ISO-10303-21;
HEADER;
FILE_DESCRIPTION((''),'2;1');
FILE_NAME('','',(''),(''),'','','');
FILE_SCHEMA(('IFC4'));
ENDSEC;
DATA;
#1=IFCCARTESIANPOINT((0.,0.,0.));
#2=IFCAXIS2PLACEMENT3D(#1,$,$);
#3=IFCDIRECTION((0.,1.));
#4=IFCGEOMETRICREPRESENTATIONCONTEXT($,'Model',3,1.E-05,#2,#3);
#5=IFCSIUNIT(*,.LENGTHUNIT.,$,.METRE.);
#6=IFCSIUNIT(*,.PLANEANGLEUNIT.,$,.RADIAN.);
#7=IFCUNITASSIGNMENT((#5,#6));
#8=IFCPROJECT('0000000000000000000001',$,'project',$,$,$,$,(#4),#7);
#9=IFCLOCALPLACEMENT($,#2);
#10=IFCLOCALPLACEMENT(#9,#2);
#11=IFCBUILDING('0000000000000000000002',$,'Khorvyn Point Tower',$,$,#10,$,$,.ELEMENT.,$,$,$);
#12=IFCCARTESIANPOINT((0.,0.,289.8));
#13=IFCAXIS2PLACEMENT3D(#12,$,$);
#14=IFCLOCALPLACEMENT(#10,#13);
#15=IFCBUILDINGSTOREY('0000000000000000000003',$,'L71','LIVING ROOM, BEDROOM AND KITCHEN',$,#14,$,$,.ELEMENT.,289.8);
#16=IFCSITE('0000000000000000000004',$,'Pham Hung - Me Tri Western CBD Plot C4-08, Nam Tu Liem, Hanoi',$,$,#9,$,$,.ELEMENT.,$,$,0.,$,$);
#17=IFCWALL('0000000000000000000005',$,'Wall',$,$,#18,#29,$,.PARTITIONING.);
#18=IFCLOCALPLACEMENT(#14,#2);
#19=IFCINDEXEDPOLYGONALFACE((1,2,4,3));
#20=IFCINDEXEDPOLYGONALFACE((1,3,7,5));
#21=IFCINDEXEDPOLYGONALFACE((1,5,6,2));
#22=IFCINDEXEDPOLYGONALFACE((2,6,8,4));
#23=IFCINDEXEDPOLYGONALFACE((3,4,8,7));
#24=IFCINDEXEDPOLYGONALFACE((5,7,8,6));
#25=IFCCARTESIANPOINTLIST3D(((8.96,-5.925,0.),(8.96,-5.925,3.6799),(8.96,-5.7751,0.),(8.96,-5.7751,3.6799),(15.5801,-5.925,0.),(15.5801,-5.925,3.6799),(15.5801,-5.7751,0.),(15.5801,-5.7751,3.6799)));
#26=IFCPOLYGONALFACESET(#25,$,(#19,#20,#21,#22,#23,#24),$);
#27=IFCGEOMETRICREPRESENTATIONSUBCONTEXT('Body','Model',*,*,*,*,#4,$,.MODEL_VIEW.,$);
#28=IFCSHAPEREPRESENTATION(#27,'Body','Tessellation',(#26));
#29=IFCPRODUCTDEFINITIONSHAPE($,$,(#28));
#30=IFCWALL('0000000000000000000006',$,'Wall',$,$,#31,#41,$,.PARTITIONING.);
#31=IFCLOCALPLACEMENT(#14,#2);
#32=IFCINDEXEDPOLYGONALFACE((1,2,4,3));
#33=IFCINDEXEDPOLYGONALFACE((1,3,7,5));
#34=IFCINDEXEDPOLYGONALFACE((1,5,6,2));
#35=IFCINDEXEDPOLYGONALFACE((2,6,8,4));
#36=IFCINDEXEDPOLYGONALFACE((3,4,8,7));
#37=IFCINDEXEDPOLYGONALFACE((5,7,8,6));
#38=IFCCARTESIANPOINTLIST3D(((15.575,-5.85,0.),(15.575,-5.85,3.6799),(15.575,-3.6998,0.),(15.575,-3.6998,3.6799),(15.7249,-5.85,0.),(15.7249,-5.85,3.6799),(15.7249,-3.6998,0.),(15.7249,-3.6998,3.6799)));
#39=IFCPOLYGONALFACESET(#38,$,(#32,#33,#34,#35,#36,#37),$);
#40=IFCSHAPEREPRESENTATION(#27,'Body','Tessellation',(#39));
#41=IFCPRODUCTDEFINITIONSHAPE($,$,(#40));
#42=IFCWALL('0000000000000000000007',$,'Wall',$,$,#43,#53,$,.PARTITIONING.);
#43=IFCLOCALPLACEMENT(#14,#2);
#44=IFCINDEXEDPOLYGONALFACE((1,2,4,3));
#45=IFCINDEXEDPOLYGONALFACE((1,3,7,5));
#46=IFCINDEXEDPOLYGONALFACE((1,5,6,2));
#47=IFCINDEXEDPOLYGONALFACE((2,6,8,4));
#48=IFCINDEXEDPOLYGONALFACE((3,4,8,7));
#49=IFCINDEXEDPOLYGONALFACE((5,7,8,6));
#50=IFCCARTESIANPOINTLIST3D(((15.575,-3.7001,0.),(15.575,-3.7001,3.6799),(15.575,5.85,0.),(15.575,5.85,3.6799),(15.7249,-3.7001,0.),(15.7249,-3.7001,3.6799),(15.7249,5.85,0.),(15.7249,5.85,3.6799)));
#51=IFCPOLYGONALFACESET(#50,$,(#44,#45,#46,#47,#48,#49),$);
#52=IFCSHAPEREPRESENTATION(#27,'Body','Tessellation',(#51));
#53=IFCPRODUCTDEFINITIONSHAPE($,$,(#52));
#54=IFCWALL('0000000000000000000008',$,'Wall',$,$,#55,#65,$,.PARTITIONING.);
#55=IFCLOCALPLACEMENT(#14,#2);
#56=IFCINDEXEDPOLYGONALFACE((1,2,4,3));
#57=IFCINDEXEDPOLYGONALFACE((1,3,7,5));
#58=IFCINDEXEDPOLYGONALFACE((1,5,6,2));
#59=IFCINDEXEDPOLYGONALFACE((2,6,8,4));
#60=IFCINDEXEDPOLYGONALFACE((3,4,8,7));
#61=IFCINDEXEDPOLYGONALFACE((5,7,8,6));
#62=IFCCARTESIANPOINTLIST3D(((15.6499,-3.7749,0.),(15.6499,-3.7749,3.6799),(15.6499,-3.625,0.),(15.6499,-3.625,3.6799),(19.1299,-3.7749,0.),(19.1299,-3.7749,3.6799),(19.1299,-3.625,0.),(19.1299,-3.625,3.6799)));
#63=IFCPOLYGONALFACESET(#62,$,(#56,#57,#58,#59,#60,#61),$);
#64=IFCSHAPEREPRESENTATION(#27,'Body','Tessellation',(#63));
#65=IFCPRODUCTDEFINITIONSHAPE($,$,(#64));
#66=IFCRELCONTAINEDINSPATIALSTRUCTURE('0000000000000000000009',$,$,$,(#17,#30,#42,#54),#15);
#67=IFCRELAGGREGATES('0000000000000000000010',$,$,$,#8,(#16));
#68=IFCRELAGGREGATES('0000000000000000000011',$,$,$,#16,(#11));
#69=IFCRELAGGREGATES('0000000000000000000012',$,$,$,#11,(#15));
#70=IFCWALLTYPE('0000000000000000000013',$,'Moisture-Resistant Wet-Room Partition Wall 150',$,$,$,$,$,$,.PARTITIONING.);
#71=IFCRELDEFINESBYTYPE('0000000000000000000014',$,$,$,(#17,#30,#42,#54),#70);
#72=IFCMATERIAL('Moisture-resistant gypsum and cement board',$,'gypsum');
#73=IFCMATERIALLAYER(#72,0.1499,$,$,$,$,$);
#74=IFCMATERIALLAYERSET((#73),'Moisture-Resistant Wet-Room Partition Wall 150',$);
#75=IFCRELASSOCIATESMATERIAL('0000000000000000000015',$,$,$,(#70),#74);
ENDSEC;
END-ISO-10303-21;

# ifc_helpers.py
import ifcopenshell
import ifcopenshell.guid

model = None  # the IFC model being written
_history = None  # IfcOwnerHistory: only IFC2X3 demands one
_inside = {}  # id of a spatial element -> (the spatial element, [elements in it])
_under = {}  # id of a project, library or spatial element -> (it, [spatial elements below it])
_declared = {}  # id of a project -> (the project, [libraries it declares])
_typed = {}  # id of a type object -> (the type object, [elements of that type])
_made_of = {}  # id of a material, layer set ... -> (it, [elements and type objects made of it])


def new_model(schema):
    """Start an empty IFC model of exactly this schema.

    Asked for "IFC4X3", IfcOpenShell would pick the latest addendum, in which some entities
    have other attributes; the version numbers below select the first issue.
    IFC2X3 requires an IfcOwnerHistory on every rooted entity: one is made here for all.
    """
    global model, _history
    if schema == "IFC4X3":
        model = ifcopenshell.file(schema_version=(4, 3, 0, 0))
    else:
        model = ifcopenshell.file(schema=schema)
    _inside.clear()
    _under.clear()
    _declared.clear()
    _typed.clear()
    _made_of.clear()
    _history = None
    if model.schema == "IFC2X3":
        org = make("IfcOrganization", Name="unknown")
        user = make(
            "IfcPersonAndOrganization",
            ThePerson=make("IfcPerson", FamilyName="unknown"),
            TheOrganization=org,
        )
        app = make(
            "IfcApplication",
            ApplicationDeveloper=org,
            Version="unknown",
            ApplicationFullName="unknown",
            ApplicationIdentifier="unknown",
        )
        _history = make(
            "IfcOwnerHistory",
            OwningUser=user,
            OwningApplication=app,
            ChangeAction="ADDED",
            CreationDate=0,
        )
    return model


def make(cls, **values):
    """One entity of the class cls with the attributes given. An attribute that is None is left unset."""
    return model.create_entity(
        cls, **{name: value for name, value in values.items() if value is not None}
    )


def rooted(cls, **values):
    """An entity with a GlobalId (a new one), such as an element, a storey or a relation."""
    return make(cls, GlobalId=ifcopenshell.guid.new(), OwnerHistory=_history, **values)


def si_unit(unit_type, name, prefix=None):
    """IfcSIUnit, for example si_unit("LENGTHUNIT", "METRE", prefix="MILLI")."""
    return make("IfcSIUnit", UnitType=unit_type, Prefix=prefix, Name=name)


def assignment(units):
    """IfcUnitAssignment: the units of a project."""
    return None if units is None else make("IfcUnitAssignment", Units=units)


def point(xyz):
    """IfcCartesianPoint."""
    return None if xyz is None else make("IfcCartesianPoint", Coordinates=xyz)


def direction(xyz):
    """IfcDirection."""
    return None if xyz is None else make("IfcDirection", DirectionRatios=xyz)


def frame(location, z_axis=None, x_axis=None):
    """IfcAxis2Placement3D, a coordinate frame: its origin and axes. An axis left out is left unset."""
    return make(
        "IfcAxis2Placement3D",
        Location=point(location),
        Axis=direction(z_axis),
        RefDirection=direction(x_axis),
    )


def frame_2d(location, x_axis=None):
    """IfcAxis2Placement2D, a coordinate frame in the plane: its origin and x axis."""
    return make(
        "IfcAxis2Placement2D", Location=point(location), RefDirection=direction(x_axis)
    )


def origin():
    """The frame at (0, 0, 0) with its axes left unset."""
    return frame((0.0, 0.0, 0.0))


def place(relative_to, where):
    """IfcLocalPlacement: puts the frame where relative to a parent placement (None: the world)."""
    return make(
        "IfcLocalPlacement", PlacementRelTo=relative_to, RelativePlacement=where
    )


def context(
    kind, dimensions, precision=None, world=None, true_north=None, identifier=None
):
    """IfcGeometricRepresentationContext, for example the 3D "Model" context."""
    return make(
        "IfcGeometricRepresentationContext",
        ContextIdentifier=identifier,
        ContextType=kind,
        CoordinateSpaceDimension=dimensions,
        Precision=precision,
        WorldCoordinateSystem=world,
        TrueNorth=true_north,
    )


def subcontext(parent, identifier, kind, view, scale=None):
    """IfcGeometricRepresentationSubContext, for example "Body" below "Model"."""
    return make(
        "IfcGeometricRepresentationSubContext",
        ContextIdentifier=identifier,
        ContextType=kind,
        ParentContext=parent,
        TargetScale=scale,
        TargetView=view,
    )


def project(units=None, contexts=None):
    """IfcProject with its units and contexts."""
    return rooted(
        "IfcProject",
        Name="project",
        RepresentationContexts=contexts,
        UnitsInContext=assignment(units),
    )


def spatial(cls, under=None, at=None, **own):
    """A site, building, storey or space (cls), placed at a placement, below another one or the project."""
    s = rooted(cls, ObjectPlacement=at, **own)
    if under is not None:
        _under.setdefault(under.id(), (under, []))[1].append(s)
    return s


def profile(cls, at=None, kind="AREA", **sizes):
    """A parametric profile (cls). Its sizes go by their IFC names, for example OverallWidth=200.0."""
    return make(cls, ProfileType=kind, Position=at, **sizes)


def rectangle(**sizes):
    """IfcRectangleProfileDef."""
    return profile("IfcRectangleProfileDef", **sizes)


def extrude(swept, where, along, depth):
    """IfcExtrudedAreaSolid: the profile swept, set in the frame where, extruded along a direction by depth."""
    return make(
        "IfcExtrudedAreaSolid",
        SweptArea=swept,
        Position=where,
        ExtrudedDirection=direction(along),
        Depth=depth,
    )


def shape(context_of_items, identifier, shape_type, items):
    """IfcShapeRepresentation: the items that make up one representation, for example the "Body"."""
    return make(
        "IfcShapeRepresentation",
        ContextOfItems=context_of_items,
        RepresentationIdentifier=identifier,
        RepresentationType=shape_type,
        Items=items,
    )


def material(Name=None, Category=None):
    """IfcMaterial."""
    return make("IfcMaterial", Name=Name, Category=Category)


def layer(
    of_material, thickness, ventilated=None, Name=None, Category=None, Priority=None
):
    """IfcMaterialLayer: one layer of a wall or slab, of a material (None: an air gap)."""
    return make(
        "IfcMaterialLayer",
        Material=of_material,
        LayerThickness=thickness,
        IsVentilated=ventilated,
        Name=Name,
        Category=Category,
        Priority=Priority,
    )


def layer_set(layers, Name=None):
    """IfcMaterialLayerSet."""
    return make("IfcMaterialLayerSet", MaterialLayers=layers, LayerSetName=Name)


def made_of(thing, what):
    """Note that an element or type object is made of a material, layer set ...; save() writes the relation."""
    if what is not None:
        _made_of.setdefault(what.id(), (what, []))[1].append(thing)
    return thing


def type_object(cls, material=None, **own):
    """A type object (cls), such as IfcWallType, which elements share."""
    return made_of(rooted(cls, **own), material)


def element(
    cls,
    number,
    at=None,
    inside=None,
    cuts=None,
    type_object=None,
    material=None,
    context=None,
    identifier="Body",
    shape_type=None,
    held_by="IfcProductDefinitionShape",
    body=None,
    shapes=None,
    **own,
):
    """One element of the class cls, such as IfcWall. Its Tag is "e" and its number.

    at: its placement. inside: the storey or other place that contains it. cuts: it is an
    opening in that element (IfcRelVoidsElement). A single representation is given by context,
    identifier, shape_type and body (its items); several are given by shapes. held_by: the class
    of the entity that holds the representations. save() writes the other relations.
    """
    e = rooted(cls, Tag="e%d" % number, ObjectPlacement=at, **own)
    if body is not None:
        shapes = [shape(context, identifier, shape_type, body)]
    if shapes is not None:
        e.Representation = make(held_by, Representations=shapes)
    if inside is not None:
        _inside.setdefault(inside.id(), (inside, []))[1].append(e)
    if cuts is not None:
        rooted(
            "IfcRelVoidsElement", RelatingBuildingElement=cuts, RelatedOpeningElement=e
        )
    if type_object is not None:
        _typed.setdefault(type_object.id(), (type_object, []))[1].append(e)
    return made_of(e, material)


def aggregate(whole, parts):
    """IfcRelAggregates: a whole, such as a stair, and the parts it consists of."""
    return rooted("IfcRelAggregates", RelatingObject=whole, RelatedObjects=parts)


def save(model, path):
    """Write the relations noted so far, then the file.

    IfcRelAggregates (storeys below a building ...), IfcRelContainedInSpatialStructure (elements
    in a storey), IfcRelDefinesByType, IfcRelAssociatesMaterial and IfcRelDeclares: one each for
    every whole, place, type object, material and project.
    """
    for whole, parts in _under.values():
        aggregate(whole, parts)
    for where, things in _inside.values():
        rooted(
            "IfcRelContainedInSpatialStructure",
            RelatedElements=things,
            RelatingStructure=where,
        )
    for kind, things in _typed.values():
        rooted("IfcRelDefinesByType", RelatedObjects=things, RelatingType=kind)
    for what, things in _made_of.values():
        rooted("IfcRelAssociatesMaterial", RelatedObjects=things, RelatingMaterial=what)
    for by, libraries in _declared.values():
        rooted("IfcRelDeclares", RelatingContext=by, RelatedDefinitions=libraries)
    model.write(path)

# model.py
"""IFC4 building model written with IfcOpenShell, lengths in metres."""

from ifc_helpers import new_model, si_unit, direction, frame, frame_2d, origin, place, context, subcontext, project, spatial, rectangle, extrude, material, layer, layer_set, type_object, element, save


model = new_model("IFC4")

# Units and contexts
model_context = context("Model", 3, precision=1e-05, world=origin(), true_north=direction((0.0, 1.0)))
body_context = subcontext(model_context, "Body", "Model", "MODEL_VIEW")
ifc_project = project(units=[si_unit("LENGTHUNIT", "METRE"), si_unit("PLANEANGLEUNIT", "RADIAN")], contexts=[model_context])

# Site, building, storey
site_placement = place(None, origin())
site = spatial("IfcSite", under=ifc_project, at=site_placement, Name="Pham Hung - Me Tri Western CBD Plot C4-08, Nam Tu Liem, Hanoi", CompositionType="ELEMENT", RefElevation=0.0)
building_placement = place(site_placement, origin())
building = spatial("IfcBuilding", under=site, at=building_placement, Name="Khorvyn Point Tower", CompositionType="ELEMENT")
storey_placement = place(building_placement, frame((0.0, 0.0, 289.8)))
storey = spatial("IfcBuildingStorey", under=building, at=storey_placement, Name="L71", Description="LIVING ROOM, BEDROOM AND KITCHEN", CompositionType="ELEMENT", Elevation=289.8)

# Shared definitions
ifc_material_1 = material(Name="Moisture-resistant gypsum and cement board", Category="gypsum")
ifc_layer_1 = layer(ifc_material_1, 0.1499)
ifc_layer_set_1 = layer_set([ifc_layer_1], Name="Moisture-Resistant Wet-Room Partition Wall 150")
wall_type_1 = type_object("IfcWallType", Name="Moisture-Resistant Wet-Room Partition Wall 150", PredefinedType="PARTITIONING", material=ifc_layer_set_1)

# Walls
wall_1_placement = place(storey_placement, frame((8.96, -5.8501, 0.0), z_axis=(0.0, 0.0, 1.0), x_axis=(1.0, 0.0, 0.0)))
element("IfcWall", 1, at=wall_1_placement, inside=storey, type_object=wall_type_1, Name="Wall", PredefinedType="PARTITIONING", context=body_context, shape_type="SweptSolid", body=[
    extrude(rectangle(XDim=6.6201, YDim=0.1499, at=frame_2d((3.3101, 0.0))), origin(), (0.0, 0.0, 1.0), 3.6799),
])
wall_2_placement = place(storey_placement, frame((15.6499, -5.8501, 0.0), z_axis=(0.0, 0.0, 1.0), x_axis=(0.0, 1.0, 0.0)))
element("IfcWall", 2, at=wall_2_placement, inside=storey, type_object=wall_type_1, Name="Wall", PredefinedType="PARTITIONING", context=body_context, shape_type="SweptSolid", body=[
    extrude(rectangle(XDim=2.1501, YDim=0.1499, at=frame_2d((1.0752, 0.0))), origin(), (0.0, 0.0, 1.0), 3.6799),
])
wall_3_placement = place(storey_placement, frame((15.6499, -3.7, 0.0), z_axis=(0.0, 0.0, 1.0), x_axis=(0.0, 1.0, 0.0)))
element("IfcWall", 3, at=wall_3_placement, inside=storey, type_object=wall_type_1, Name="Wall", PredefinedType="PARTITIONING", context=body_context, shape_type="SweptSolid", body=[
    extrude(rectangle(XDim=9.55, YDim=0.1499, at=frame_2d((4.7749, 0.0))), origin(), (0.0, 0.0, 1.0), 3.6799),
])
wall_4_placement = place(storey_placement, frame((15.6499, -3.7, 0.0), z_axis=(0.0, 0.0, 1.0), x_axis=(1.0, 0.0, 0.0)))
element("IfcWall", 4, at=wall_4_placement, inside=storey, type_object=wall_type_1, Name="Wall", PredefinedType="PARTITIONING", context=body_context, shape_type="SweptSolid", body=[
    extrude(rectangle(XDim=3.48, YDim=0.1499, at=frame_2d((1.74, 0.0))), origin(), (0.0, 0.0, 1.0), 3.6799),
])

save(model, "model.ifc")
